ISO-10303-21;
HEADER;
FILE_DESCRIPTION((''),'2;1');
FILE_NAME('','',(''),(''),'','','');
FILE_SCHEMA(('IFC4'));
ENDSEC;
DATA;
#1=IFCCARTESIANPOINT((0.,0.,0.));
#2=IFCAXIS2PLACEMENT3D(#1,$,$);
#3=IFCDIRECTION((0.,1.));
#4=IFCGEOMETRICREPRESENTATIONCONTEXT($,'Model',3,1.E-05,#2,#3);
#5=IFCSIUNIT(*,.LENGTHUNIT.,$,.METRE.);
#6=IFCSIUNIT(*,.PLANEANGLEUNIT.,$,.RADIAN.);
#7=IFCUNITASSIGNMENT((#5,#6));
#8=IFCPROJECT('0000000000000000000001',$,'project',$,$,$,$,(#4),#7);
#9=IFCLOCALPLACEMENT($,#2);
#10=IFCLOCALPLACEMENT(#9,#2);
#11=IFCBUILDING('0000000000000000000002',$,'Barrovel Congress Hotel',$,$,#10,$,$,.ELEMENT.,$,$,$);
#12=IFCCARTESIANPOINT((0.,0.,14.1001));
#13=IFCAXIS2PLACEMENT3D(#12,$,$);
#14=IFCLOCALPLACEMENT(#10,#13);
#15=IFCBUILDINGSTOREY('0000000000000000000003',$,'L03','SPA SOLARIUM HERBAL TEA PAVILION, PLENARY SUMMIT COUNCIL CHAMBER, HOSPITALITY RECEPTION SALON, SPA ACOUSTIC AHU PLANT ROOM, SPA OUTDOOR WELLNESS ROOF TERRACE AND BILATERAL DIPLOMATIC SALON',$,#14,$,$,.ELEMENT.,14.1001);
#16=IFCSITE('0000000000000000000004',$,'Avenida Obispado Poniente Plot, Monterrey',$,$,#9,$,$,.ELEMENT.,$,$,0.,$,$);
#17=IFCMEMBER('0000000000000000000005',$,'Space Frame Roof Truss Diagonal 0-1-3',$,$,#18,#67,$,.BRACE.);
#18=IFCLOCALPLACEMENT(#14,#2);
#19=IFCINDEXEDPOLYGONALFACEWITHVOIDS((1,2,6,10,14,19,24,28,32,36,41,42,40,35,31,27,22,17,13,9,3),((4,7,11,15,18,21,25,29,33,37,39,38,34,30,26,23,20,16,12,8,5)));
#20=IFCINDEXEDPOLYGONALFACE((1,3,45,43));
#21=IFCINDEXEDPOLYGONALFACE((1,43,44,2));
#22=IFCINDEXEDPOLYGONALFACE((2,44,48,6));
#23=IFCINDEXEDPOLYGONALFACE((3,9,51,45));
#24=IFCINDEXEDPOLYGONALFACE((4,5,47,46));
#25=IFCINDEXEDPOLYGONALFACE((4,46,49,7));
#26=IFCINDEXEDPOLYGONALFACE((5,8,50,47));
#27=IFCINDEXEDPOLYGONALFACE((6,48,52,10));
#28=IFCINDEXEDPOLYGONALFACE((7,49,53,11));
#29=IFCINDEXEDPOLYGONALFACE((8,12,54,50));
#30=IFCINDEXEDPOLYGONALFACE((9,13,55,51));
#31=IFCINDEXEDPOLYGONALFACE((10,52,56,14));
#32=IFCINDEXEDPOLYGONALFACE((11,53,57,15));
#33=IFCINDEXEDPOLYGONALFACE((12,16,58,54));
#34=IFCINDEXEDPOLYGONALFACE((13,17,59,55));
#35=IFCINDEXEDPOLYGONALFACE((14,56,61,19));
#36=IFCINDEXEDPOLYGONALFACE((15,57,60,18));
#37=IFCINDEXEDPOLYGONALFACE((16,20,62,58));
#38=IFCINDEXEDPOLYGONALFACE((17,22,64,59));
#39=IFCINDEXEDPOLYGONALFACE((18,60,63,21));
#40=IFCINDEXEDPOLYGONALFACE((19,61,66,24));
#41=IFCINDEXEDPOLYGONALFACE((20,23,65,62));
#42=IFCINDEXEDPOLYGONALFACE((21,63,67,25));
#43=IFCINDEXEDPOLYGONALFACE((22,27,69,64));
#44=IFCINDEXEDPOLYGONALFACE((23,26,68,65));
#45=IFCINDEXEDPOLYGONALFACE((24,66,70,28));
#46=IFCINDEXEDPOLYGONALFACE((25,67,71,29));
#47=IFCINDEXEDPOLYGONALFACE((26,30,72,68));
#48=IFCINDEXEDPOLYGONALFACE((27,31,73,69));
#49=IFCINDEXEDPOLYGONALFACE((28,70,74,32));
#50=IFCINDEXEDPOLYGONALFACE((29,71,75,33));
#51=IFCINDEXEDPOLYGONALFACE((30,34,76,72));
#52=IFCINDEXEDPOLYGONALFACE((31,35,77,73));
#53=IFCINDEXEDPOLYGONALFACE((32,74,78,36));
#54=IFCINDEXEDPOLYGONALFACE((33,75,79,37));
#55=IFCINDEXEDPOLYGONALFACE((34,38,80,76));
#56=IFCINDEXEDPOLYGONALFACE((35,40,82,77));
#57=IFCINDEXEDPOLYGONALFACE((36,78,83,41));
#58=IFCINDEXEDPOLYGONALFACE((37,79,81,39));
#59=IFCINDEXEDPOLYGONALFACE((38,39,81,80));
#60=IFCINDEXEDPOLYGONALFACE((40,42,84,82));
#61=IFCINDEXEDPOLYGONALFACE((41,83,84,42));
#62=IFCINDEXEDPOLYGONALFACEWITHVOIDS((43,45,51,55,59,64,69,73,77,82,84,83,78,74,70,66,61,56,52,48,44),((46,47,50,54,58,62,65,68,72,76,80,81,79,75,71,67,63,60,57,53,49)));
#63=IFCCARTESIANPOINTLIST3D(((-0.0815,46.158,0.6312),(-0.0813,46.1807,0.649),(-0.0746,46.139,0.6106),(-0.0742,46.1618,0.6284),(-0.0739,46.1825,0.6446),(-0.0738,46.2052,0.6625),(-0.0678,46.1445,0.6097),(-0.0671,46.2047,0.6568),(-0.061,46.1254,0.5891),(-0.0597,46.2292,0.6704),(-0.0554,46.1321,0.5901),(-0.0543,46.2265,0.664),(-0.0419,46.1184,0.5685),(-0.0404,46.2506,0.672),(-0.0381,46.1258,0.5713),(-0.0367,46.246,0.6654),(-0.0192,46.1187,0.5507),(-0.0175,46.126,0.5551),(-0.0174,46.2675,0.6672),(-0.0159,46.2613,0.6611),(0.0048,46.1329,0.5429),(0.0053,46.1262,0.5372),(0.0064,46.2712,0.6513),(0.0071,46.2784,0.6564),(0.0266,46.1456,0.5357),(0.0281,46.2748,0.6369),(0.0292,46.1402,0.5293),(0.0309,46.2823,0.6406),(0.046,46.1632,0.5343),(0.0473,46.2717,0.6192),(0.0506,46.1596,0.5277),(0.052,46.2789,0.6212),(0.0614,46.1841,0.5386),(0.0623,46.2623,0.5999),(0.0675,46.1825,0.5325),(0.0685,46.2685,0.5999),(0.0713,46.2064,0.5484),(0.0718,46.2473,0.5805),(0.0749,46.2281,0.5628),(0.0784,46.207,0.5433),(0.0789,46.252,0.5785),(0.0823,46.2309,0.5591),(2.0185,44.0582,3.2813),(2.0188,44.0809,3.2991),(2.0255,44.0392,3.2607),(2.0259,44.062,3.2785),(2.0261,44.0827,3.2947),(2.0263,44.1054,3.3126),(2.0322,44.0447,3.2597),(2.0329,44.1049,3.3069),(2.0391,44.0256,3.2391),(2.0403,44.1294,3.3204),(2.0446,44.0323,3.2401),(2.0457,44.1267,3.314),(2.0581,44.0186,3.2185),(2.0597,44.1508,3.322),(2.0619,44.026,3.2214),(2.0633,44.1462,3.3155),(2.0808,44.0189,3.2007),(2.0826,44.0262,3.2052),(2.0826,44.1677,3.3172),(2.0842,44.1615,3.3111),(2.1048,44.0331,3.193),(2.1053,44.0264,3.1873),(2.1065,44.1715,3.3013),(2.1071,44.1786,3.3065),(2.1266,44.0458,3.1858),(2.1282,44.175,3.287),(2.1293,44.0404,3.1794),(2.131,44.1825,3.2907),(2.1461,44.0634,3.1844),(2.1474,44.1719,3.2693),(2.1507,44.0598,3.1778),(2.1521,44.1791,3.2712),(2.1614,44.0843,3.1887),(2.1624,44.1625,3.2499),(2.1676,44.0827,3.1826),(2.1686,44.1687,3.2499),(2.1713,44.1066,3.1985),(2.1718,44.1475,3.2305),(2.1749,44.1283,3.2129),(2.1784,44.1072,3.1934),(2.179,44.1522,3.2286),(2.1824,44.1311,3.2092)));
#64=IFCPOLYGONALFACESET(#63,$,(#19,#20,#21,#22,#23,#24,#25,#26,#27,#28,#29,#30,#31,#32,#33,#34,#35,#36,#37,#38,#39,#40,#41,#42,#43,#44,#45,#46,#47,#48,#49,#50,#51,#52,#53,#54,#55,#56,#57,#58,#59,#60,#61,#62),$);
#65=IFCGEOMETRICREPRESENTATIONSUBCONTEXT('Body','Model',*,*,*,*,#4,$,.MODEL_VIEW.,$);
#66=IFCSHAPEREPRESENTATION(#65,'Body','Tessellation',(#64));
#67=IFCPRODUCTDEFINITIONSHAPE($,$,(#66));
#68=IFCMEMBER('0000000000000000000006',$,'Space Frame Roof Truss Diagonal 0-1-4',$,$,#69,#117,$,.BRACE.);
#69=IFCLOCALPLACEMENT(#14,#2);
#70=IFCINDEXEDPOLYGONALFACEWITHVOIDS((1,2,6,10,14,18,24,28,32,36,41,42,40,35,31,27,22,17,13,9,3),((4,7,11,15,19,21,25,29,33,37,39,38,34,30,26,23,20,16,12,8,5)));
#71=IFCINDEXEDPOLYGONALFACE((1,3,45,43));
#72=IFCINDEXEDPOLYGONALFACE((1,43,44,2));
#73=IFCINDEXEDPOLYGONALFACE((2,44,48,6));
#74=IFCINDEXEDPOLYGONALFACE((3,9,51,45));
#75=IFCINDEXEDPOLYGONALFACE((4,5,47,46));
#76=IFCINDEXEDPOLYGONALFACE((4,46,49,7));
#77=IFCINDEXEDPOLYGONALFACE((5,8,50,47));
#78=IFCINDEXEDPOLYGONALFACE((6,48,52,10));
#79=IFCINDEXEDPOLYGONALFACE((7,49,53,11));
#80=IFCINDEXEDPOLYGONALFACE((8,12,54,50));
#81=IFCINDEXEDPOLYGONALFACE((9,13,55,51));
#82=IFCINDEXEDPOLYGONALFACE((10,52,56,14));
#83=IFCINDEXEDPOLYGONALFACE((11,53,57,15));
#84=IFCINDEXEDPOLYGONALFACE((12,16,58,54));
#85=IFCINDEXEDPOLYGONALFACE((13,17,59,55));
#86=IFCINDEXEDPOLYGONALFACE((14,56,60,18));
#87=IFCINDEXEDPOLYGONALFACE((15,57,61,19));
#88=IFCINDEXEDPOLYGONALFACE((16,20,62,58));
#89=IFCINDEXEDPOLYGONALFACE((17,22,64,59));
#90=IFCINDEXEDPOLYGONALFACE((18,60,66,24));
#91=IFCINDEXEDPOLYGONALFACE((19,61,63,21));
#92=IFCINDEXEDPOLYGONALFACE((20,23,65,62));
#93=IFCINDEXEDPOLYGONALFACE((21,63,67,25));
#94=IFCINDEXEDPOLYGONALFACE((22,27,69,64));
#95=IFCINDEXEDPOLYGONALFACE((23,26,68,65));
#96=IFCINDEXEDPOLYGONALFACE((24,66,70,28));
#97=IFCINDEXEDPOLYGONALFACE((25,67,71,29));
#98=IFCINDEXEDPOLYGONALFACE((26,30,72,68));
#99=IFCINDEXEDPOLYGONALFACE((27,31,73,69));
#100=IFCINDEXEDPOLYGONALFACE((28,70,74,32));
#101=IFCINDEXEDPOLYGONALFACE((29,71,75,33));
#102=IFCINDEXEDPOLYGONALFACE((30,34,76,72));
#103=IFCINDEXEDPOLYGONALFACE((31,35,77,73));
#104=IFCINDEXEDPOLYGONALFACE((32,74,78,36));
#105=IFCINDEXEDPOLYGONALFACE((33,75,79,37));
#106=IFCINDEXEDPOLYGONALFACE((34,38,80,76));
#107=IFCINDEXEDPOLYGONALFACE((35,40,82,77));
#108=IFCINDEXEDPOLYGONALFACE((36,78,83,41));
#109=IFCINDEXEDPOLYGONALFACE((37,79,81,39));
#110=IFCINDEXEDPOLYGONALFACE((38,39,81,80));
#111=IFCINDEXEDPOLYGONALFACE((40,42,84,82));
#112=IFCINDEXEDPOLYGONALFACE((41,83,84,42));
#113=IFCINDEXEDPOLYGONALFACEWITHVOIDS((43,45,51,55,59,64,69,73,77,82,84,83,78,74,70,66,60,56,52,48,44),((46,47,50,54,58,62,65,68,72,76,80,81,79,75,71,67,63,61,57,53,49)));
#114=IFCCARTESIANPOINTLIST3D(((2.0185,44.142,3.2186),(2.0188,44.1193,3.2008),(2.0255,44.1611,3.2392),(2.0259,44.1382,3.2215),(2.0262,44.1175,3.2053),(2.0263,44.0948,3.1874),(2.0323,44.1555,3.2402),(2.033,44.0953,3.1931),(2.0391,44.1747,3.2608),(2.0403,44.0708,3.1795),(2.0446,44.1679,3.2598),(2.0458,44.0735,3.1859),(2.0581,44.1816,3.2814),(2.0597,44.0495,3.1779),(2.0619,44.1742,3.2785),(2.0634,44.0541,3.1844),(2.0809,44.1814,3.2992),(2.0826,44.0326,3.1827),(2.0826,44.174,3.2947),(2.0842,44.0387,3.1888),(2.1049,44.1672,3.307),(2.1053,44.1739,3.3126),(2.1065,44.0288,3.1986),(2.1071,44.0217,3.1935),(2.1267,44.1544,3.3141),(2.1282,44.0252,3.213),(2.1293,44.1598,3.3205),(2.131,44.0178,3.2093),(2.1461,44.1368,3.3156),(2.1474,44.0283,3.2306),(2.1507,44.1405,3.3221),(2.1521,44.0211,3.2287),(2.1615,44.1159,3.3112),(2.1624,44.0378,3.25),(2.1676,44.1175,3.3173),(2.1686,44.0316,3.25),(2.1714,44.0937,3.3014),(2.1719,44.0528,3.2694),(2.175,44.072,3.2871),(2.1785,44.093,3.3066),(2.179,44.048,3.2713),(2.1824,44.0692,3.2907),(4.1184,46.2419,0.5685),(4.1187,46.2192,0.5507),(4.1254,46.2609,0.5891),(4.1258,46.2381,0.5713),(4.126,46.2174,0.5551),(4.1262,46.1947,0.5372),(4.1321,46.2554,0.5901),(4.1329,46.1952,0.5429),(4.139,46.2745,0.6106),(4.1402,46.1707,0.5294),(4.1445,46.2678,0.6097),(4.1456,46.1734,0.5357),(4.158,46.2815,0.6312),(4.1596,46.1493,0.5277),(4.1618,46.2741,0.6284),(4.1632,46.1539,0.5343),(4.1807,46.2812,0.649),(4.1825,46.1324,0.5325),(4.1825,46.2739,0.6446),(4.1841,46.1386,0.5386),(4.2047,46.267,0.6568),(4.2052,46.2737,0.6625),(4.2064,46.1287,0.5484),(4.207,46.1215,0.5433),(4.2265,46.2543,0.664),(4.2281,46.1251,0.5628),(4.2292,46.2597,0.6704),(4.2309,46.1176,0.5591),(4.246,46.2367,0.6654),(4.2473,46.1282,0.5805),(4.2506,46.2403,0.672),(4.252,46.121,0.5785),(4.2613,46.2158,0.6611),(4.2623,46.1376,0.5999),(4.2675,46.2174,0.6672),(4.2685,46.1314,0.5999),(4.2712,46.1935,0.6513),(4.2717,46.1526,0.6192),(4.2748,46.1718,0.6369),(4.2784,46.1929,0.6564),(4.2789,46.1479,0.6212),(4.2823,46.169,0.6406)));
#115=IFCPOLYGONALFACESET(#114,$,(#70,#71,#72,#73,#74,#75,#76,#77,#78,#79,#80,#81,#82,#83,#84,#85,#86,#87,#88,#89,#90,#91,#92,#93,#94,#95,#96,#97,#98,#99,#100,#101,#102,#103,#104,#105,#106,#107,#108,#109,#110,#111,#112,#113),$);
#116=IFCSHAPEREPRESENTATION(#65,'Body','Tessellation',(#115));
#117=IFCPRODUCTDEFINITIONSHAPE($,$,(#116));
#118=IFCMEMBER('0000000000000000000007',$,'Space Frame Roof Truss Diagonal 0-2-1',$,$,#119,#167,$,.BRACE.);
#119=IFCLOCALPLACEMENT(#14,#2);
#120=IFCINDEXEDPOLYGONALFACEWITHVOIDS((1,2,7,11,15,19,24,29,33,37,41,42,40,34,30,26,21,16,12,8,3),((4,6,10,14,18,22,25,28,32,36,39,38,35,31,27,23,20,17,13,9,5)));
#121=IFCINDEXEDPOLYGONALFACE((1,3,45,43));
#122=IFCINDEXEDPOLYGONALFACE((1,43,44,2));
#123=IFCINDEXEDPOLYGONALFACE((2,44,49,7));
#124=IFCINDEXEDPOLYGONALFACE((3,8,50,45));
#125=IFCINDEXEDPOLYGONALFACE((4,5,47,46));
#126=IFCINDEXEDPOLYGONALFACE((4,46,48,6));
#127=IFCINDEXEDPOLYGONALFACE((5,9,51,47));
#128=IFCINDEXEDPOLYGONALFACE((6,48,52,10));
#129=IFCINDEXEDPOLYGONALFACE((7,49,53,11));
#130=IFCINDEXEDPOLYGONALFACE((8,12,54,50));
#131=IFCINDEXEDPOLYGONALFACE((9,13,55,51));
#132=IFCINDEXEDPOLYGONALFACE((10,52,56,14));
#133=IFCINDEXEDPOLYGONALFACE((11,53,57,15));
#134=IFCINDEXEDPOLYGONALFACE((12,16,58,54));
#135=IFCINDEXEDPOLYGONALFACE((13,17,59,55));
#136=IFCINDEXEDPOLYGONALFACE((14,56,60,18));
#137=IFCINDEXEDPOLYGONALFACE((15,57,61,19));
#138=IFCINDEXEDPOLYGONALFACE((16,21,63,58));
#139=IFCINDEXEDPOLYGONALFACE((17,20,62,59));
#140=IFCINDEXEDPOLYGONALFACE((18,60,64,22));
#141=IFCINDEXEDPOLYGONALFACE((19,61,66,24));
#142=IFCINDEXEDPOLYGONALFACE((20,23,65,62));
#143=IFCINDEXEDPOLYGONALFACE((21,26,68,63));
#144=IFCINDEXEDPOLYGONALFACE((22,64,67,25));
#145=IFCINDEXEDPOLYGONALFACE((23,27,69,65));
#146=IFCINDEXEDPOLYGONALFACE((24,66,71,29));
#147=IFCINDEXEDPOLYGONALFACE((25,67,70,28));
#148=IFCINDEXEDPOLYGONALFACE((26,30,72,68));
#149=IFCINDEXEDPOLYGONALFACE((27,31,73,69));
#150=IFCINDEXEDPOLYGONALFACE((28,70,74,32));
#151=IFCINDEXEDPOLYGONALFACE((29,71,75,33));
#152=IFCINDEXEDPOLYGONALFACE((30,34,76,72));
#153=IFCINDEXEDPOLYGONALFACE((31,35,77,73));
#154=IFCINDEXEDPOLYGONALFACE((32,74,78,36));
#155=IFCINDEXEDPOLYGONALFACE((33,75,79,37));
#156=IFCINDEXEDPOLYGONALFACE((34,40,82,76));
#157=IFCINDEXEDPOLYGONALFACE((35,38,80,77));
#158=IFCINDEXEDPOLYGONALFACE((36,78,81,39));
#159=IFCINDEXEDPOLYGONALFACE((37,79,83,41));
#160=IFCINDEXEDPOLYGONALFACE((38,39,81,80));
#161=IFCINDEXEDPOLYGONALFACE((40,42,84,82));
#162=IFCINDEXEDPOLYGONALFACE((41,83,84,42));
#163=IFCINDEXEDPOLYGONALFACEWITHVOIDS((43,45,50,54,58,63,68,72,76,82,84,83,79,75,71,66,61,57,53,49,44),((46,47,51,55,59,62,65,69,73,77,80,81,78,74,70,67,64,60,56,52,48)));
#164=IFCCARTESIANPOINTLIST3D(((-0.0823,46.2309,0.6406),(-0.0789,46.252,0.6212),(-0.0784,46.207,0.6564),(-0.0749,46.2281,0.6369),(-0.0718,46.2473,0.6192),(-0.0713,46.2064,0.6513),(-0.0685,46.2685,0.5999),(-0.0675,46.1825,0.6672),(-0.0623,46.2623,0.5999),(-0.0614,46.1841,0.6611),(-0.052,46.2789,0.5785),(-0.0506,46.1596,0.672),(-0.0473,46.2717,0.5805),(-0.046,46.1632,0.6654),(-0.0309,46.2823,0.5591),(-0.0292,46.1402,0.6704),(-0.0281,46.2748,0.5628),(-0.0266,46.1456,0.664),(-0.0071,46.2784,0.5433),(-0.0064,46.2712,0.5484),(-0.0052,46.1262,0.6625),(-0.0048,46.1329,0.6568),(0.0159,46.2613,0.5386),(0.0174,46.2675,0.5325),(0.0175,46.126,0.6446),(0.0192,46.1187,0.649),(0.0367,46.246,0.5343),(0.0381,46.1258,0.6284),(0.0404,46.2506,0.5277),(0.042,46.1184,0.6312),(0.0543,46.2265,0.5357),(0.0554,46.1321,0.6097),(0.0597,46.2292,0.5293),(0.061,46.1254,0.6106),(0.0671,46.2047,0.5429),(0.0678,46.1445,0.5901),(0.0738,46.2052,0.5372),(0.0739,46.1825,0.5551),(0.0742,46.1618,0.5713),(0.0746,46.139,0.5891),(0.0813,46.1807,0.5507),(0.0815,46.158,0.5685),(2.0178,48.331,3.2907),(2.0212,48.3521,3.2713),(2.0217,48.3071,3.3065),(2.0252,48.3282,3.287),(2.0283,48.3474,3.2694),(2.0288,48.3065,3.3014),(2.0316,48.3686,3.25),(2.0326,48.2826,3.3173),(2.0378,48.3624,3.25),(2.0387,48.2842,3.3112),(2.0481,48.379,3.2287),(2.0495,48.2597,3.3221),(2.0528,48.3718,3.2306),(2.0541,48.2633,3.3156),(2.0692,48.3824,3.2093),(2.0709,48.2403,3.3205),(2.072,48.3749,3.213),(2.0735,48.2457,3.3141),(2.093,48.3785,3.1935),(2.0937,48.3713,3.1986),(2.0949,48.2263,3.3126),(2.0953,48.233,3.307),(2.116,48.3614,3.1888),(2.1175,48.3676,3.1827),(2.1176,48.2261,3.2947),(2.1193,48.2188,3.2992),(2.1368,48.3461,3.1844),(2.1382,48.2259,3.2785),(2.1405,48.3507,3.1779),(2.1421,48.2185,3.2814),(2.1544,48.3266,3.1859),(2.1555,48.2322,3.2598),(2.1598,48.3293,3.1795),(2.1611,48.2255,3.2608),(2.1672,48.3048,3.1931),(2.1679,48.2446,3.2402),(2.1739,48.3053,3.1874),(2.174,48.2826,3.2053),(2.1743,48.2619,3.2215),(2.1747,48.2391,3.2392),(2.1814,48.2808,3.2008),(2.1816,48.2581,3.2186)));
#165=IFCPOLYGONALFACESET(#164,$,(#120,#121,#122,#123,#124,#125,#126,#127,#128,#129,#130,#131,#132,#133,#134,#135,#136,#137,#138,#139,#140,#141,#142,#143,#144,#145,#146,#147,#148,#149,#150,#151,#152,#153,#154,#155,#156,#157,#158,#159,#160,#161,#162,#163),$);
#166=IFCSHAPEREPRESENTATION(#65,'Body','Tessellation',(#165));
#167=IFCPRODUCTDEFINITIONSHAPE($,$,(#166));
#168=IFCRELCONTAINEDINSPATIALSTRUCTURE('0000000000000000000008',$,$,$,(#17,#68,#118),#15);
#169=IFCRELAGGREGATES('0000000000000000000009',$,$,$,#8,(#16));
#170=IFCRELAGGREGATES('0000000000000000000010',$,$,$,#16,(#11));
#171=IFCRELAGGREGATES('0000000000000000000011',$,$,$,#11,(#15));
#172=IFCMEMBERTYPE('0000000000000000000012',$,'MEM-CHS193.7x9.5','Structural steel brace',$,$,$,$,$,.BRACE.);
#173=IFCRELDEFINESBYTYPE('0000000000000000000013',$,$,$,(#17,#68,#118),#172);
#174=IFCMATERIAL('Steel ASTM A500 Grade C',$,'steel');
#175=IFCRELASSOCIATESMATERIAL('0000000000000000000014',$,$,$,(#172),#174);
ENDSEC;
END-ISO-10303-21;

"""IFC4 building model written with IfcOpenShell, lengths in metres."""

from ifc_helpers import new_model, si_unit, direction, frame, origin, origin_2d, place, context, subcontext, project, spatial, hollow_circle, extrude, material, material_profile, profile_set, type_object, element, save


model = new_model("IFC4")

# Units and contexts
model_context = context("Model", 3, precision=1e-05, world=origin(), true_north=direction((0.0, 1.0)))
body_context = subcontext(model_context, "Body", "Model", "MODEL_VIEW")
ifc_project = project(units=[si_unit("LENGTHUNIT", "METRE"), si_unit("PLANEANGLEUNIT", "RADIAN")], contexts=[model_context])

# Site, building, storey
site_placement = place(None, origin())
site = spatial("IfcSite", under=ifc_project, at=site_placement, Name="Avenida Obispado Poniente Plot, Monterrey", CompositionType="ELEMENT", RefElevation=0.0)
building_placement = place(site_placement, origin())
building = spatial("IfcBuilding", under=site, at=building_placement, Name="Barrovel Congress Hotel", CompositionType="ELEMENT")
storey_placement = place(building_placement, frame((0.0, 0.0, 14.1001)))
storey = spatial("IfcBuildingStorey", under=building, at=storey_placement, Name="L03", Description="SPA SOLARIUM HERBAL TEA PAVILION, PLENARY SUMMIT COUNCIL CHAMBER, HOSPITALITY RECEPTION SALON, SPA ACOUSTIC AHU PLANT ROOM, SPA OUTDOOR WELLNESS ROOF TERRACE AND BILATERAL DIPLOMATIC SALON", CompositionType="ELEMENT", Elevation=14.1001)

# Members
ifc_material_1 = material(Name="Steel ASTM A500 Grade C", Category="steel")
ifc_material_profile_1 = material_profile(ifc_material_1, hollow_circle(Radius=0.0969, WallThickness=0.0088, at=origin_2d()), Name="CHS193.7x9.5")
ifc_profile_set_1 = profile_set([ifc_material_profile_1], Name="Steel ASTM A500 Grade C")
member_type_1 = type_object("IfcMemberType", Name="MEM-CHS193.7x9.5", Description="Structural steel brace", PredefinedType="BRACE", material=ifc_profile_set_1)
for number, where, z_axis, x_axis, name in (
    (1, (0.0, 46.2, 0.5999), (0.527618, -0.527557, 0.66581), (0.707066, 0.707148, 0.0), "Space Frame Roof Truss Diagonal 0-1-3"),
    (2, (4.2, 46.2, 0.5999), (-0.527574, -0.527574, 0.665831), (0.707107, -0.707107, 0.0), "Space Frame Roof Truss Diagonal 0-1-4"),
):
    element("IfcMember", number, at=place(storey_placement, frame(where, z_axis=z_axis, x_axis=x_axis)), inside=storey, type_object=member_type_1, Name=name, PredefinedType="BRACE", context=body_context, shape_type="SweptSolid", body=[
        extrude(hollow_circle(Radius=0.0969, WallThickness=0.0088, at=origin_2d()), origin(), (0.0, 0.0, 1.0), 3.9802),
    ])
member_1_placement = place(storey_placement, frame((0.0, 46.2, 0.5999), z_axis=(0.527601, 0.527601, 0.665788), x_axis=(-0.707107, 0.707107, 0.0)))
element("IfcMember", 3, at=member_1_placement, inside=storey, type_object=member_type_1, Name="Space Frame Roof Truss Diagonal 0-2-1", PredefinedType="BRACE", context=body_context, shape_type="SweptSolid", body=[
    extrude(hollow_circle(Radius=0.0969, WallThickness=0.0088, at=origin_2d()), origin(), (0.0, 0.0, 1.0), 3.9805),
])

save(model, "model.ifc")
